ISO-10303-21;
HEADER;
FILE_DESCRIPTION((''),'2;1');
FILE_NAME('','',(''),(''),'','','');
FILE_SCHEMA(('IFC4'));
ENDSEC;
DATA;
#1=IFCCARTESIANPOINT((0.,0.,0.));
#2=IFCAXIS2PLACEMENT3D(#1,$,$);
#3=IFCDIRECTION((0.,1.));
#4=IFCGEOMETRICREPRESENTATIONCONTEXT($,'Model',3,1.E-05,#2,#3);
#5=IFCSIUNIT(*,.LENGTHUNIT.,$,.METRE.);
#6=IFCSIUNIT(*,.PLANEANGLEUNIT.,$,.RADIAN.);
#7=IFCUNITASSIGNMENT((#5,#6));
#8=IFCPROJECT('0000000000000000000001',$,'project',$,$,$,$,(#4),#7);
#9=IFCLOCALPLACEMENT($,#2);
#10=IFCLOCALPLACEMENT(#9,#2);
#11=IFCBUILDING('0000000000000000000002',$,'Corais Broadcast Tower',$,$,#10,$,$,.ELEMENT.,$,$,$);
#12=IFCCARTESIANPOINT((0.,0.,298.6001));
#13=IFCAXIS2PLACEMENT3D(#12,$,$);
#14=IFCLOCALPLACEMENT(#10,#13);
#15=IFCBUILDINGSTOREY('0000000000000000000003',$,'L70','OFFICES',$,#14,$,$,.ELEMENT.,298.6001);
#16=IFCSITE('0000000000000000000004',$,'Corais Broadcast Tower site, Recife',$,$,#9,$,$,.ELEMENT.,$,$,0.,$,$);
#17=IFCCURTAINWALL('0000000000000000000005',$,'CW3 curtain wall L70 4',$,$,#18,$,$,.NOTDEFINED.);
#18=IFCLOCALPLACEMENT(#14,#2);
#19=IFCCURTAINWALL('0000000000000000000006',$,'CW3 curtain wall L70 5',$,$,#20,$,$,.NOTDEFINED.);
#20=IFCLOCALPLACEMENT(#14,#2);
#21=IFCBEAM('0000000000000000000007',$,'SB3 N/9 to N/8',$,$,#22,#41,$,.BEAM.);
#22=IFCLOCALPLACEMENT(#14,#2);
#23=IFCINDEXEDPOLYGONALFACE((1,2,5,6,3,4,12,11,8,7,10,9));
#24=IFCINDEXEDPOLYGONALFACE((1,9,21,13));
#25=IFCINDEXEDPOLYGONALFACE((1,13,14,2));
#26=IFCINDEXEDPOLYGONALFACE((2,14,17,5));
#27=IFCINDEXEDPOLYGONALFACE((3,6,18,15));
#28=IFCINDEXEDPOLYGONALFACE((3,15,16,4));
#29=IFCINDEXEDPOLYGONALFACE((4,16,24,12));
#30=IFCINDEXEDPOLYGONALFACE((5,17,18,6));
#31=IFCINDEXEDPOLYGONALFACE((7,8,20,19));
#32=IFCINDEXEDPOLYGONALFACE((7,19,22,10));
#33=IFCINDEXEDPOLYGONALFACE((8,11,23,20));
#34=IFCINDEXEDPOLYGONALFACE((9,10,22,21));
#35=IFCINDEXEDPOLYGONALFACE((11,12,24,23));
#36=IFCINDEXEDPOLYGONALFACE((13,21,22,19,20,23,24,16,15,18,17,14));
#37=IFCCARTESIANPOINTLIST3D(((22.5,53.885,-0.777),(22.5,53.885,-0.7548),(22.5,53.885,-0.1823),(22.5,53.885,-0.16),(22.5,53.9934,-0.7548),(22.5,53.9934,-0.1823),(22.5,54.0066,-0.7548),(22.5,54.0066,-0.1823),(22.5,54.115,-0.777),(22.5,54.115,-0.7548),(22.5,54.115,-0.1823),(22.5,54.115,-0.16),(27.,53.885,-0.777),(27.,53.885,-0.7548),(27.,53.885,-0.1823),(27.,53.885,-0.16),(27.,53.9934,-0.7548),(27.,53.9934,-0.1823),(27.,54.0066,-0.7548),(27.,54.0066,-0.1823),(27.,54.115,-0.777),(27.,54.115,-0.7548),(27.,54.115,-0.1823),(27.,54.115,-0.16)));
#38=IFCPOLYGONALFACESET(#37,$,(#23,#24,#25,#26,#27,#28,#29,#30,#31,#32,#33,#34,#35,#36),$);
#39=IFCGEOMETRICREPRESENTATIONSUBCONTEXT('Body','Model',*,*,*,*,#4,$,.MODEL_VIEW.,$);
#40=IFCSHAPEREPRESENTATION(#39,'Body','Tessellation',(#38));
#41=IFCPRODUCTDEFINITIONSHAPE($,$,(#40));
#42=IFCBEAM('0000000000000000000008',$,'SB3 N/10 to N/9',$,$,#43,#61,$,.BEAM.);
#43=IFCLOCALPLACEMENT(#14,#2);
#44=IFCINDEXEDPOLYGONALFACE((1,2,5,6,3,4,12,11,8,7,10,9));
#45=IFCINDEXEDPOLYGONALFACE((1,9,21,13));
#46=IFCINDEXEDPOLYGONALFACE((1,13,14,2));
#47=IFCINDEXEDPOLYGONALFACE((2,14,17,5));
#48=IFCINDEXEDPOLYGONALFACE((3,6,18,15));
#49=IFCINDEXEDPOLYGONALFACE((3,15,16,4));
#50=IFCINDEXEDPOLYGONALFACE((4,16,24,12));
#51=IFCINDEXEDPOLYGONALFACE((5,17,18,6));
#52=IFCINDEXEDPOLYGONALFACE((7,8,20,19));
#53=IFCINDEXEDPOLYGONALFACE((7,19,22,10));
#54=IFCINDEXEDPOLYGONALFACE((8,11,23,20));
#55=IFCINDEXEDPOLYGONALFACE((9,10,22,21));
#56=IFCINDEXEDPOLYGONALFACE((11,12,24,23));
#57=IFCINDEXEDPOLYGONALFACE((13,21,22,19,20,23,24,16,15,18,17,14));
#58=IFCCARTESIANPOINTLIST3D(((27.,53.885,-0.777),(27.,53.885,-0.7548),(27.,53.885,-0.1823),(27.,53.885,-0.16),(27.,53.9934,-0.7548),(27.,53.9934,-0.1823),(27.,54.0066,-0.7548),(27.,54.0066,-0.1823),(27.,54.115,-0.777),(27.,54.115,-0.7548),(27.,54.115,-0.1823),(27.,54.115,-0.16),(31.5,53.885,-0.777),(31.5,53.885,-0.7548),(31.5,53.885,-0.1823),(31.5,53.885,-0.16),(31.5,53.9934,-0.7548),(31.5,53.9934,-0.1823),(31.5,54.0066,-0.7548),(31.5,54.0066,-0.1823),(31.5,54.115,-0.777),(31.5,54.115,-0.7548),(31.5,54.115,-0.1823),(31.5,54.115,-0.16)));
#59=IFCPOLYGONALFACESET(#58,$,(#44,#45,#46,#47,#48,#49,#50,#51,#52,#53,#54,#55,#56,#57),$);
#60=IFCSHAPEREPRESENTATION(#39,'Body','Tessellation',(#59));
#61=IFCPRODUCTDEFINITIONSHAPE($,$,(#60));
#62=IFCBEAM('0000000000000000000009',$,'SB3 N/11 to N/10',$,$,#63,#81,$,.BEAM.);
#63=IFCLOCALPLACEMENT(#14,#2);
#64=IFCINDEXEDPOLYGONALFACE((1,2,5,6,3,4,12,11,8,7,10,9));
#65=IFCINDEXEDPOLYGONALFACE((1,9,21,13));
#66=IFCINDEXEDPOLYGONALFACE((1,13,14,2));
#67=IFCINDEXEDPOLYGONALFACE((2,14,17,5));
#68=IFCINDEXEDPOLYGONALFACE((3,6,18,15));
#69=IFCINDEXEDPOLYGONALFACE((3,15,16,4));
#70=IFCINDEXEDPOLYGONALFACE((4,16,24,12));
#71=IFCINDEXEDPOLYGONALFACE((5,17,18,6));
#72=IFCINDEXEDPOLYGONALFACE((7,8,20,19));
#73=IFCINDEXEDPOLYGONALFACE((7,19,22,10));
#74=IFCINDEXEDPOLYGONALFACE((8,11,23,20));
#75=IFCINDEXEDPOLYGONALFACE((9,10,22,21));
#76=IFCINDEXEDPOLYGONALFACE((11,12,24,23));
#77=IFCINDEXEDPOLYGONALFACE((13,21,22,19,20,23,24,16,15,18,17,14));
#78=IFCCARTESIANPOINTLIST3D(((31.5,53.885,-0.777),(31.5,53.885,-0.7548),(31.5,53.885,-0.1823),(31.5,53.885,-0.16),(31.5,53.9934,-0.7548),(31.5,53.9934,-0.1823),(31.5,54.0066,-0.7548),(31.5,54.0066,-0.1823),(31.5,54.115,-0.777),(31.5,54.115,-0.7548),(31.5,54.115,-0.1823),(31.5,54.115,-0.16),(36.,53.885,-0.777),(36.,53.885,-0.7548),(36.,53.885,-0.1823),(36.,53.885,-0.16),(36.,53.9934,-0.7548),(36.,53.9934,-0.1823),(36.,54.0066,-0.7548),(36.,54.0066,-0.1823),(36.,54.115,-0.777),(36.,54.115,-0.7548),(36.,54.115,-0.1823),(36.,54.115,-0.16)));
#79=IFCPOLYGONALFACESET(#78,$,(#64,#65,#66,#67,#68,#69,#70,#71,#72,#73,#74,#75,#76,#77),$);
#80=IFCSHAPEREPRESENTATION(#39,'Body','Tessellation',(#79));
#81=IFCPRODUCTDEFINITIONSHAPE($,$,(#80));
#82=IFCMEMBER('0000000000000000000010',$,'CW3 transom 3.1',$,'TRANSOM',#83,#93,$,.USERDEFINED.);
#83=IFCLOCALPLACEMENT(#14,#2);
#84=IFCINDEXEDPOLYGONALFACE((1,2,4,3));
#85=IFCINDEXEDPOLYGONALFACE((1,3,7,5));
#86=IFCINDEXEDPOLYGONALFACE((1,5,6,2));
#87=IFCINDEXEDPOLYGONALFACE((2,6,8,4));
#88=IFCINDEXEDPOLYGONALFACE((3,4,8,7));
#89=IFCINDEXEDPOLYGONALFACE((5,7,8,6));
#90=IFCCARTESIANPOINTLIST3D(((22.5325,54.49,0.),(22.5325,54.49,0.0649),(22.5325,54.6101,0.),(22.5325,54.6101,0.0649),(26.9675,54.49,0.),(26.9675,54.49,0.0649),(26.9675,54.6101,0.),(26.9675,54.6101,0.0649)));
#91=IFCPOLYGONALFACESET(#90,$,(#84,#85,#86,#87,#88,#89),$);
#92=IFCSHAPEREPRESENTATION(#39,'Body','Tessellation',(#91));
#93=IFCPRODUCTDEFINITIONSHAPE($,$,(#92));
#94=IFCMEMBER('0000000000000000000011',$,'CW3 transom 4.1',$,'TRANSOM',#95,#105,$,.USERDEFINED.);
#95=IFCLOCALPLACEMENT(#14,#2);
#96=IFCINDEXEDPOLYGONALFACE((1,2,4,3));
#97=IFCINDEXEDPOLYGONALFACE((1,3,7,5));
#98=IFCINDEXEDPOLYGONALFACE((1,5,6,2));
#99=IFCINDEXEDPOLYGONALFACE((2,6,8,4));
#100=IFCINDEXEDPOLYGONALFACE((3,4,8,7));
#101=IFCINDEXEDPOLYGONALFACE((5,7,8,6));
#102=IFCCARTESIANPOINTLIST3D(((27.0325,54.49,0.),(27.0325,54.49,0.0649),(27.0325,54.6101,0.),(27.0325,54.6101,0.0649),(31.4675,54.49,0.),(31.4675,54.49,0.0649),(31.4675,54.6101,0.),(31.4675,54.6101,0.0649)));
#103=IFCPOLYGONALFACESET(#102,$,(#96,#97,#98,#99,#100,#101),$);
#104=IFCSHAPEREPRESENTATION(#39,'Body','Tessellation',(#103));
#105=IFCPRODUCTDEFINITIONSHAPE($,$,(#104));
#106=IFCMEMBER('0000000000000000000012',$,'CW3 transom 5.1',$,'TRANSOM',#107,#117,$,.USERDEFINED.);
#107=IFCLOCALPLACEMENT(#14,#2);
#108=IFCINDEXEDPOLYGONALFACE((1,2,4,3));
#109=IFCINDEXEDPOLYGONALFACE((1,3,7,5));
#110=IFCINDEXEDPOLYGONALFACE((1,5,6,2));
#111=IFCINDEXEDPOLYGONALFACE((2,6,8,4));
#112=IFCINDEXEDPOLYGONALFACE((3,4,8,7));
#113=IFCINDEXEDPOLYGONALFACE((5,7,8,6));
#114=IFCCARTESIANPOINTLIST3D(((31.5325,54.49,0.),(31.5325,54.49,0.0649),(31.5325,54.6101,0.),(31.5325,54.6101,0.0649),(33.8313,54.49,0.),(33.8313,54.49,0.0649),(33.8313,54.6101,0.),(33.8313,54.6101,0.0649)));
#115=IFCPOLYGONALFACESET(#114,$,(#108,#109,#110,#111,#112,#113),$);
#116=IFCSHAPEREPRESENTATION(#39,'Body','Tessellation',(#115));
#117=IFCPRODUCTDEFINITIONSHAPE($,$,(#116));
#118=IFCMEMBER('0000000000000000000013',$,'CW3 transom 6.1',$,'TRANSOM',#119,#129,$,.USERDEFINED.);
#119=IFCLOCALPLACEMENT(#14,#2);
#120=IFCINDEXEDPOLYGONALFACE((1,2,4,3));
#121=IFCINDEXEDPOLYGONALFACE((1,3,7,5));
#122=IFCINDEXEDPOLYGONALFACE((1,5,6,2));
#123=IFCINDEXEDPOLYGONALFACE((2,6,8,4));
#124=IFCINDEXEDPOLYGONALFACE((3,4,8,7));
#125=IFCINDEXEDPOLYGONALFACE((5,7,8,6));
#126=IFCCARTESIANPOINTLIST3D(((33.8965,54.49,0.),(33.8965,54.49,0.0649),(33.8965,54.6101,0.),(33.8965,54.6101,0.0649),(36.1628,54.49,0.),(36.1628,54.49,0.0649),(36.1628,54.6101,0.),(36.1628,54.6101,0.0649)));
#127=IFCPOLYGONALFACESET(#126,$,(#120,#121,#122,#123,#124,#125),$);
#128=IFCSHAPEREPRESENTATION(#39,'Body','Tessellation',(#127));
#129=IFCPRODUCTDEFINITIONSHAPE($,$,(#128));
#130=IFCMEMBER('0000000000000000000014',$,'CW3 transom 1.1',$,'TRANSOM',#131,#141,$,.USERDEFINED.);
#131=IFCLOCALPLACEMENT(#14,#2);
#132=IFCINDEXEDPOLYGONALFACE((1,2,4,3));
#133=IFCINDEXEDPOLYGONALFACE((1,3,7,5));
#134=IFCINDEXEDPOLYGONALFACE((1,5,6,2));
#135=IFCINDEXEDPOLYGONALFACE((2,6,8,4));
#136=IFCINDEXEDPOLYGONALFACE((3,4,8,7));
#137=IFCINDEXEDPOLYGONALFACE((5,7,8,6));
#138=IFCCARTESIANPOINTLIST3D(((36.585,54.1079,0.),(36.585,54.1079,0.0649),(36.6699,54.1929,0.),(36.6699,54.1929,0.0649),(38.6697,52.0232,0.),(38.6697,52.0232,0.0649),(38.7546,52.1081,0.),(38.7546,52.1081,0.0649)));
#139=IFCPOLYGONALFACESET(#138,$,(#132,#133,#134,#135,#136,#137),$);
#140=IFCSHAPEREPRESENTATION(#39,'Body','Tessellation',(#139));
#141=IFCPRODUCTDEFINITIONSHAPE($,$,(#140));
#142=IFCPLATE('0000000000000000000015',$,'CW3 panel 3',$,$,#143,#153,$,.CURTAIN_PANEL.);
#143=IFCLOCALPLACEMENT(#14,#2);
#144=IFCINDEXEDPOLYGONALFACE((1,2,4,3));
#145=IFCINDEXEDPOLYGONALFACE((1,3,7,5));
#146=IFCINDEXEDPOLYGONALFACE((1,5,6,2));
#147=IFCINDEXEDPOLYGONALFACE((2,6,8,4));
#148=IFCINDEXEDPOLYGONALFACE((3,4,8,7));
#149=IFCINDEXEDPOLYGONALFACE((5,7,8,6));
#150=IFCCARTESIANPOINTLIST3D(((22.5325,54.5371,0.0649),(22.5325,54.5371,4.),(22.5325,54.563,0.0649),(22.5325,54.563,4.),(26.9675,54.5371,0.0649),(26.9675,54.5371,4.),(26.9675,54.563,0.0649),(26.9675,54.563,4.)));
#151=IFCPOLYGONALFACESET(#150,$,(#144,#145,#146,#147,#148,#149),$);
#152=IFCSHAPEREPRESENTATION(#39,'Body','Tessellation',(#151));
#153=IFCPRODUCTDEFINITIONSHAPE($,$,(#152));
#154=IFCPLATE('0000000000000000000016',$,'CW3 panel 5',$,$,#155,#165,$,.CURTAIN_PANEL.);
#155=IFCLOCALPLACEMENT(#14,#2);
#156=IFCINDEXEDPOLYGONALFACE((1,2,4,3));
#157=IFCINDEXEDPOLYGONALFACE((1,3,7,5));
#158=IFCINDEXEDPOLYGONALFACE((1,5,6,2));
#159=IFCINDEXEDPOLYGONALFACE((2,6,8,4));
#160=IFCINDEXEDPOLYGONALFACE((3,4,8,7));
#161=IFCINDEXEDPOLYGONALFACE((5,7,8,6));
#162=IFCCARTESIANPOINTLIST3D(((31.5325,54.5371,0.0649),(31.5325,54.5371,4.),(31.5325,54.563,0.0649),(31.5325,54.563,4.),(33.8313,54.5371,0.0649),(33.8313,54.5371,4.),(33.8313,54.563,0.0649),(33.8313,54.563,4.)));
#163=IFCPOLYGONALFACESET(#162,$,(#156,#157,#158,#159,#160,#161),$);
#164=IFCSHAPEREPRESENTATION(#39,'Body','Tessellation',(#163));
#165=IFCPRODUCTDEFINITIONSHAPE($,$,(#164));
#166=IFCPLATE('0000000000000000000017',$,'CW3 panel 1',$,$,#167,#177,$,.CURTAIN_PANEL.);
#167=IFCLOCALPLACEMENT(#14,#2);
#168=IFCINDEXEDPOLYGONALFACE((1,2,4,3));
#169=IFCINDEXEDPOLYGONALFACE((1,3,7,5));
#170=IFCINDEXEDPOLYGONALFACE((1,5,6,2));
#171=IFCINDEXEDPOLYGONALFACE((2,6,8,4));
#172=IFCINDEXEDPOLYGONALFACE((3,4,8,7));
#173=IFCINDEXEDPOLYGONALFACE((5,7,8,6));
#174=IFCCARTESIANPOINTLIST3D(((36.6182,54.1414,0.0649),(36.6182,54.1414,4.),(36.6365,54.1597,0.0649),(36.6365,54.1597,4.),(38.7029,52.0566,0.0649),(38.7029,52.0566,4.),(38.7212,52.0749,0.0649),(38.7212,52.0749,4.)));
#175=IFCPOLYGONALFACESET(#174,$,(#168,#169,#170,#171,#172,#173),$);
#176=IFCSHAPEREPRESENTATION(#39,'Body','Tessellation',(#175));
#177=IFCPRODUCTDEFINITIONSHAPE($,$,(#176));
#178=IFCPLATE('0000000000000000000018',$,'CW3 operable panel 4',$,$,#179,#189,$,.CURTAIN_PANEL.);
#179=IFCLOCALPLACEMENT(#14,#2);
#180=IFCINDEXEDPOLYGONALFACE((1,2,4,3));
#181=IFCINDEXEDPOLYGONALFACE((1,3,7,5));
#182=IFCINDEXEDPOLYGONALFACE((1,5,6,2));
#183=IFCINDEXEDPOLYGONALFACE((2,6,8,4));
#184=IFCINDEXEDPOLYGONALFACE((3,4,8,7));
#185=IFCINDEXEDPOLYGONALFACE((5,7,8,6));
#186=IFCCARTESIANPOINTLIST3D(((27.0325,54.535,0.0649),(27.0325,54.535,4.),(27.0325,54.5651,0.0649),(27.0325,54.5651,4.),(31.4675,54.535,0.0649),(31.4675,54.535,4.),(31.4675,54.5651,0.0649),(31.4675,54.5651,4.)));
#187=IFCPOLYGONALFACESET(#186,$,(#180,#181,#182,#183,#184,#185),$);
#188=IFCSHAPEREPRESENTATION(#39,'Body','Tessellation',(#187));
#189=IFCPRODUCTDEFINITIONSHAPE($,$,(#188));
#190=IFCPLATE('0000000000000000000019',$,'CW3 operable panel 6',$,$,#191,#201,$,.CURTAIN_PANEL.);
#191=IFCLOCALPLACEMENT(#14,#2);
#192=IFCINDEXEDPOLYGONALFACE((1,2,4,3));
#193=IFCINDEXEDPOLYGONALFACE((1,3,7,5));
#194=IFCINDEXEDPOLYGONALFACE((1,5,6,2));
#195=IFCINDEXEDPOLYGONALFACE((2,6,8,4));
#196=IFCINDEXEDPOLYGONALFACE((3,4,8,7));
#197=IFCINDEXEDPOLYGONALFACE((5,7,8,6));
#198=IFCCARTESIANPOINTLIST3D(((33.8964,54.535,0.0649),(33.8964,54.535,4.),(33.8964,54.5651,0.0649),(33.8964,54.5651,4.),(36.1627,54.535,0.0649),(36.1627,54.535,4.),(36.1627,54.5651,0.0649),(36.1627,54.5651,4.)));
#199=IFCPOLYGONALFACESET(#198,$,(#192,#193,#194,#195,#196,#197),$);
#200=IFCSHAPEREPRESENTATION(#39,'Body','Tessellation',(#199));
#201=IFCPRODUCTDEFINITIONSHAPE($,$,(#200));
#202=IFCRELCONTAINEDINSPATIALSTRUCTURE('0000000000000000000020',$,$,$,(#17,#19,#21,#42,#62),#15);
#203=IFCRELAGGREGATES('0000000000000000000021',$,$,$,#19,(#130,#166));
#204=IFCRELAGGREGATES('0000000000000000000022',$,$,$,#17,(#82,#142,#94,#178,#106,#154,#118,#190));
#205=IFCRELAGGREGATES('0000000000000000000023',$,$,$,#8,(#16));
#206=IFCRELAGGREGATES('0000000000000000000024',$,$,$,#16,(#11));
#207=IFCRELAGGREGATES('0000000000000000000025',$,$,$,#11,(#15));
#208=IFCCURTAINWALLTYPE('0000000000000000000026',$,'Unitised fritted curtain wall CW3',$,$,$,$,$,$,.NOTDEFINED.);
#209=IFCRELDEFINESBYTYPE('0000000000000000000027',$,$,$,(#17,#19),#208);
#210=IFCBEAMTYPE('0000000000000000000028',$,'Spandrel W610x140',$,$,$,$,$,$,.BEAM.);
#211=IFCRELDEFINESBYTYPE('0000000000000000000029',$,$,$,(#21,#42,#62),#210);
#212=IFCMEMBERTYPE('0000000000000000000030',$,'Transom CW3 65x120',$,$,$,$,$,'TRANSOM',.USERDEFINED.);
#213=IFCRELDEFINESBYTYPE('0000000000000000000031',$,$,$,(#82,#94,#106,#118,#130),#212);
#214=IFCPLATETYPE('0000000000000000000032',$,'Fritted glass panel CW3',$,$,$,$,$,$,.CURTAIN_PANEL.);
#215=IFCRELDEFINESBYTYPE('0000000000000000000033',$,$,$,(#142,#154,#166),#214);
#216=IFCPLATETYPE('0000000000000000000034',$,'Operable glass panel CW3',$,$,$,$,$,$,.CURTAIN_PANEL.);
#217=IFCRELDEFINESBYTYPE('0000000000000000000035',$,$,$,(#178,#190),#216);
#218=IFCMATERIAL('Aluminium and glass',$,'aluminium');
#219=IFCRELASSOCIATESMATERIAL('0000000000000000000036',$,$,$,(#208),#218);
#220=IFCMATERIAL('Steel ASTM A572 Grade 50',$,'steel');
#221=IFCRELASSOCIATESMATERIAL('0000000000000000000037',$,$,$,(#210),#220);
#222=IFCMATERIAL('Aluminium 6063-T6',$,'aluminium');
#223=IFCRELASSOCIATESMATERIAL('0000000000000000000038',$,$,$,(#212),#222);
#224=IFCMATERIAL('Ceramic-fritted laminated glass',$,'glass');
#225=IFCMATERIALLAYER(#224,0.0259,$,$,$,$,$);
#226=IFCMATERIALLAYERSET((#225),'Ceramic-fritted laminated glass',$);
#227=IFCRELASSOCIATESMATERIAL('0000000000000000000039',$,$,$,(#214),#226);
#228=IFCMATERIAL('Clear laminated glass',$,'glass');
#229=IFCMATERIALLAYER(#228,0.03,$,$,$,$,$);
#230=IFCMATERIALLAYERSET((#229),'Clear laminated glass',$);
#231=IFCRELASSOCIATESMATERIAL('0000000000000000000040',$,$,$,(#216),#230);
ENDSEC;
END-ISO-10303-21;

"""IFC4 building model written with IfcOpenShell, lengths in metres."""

from ifc_helpers import new_model, si_unit, direction, frame, origin, origin_2d, place, context, subcontext, project, spatial, rectangle, i_section, extrude, material, layer, layer_set, material_profile, profile_set, type_object, element, aggregate, save


model = new_model("IFC4")

# Units and contexts
model_context = context("Model", 3, precision=1e-05, world=origin(), true_north=direction((0.0, 1.0)))
body_context = subcontext(model_context, "Body", "Model", "MODEL_VIEW")
ifc_project = project(units=[si_unit("LENGTHUNIT", "METRE"), si_unit("PLANEANGLEUNIT", "RADIAN")], contexts=[model_context])

# Site, building, storey
site_placement = place(None, origin())
site = spatial("IfcSite", under=ifc_project, at=site_placement, Name="Corais Broadcast Tower site, Recife", CompositionType="ELEMENT", RefElevation=0.0)
building_placement = place(site_placement, origin())
building = spatial("IfcBuilding", under=site, at=building_placement, Name="Corais Broadcast Tower", CompositionType="ELEMENT")
storey_placement = place(building_placement, frame((0.0, 0.0, 298.6001)))
storey = spatial("IfcBuildingStorey", under=building, at=storey_placement, Name="L70", Description="OFFICES", CompositionType="ELEMENT", Elevation=298.6001)

# Curtain walls
ifc_material_1 = material(Name="Aluminium and glass", Category="aluminium")
curtain_wall_type = type_object("IfcCurtainWallType", Name="Unitised fritted curtain wall CW3", PredefinedType="NOTDEFINED", material=ifc_material_1)
curtain_wall_1_placement = place(storey_placement, origin())
curtain_wall_1 = element("IfcCurtainWall", 1, at=curtain_wall_1_placement, inside=storey, type_object=curtain_wall_type, Name="CW3 curtain wall L70 4", PredefinedType="NOTDEFINED")
curtain_wall_2_placement = place(storey_placement, origin())
curtain_wall_2 = element("IfcCurtainWall", 2, at=curtain_wall_2_placement, inside=storey, type_object=curtain_wall_type, Name="CW3 curtain wall L70 5", PredefinedType="NOTDEFINED")

# Beams
ifc_material_2 = material(Name="Steel ASTM A572 Grade 50", Category="steel")
ifc_material_profile_1 = material_profile(ifc_material_2, i_section(OverallWidth=0.23, OverallDepth=0.6169, WebThickness=0.0132, FlangeThickness=0.0222, at=origin_2d()), Name="W610x140")
ifc_profile_set_1 = profile_set([ifc_material_profile_1], Name="Steel ASTM A572 Grade 50")
beam_type_1 = type_object("IfcBeamType", Name="Spandrel W610x140", PredefinedType="BEAM", material=ifc_profile_set_1)
for number, where, z_axis, x_axis, name in (
    (3, (27.0, 54.0, -0.4685), (-1.0, 0.0, 0.0), (0.0, -1.0, 0.0), "SB3 N/9 to N/8"),
    (4, (31.5, 54.0, -0.4685), (-1.0, 0.0, 0.0), (0.0, -1.0, 0.0), "SB3 N/10 to N/9"),
    (5, (36.0, 54.0, -0.4685), (-1.0, 0.0, 0.0), (0.0, -1.0, 0.0), "SB3 N/11 to N/10"),
):
    element("IfcBeam", number, at=place(storey_placement, frame(where, z_axis=z_axis, x_axis=x_axis)), inside=storey, type_object=beam_type_1, Name=name, PredefinedType="BEAM", context=body_context, shape_type="SweptSolid", body=[
        extrude(i_section(OverallWidth=0.23, OverallDepth=0.6169, WebThickness=0.0132, FlangeThickness=0.0222, at=origin_2d()), origin(), (0.0, 0.0, 1.0), 4.5),
    ])

# Members
ifc_material_3 = material(Name="Aluminium 6063-T6", Category="aluminium")
ifc_material_profile_2 = material_profile(ifc_material_3, rectangle(XDim=0.1201, YDim=0.0649, at=origin_2d()), Name="Transom CW3 65x120")
ifc_profile_set_2 = profile_set([ifc_material_profile_2], Name="Aluminium 6063-T6")
member_type_1 = type_object("IfcMemberType", Name="Transom CW3 65x120", ElementType="TRANSOM", PredefinedType="USERDEFINED", material=ifc_profile_set_2)
member_1_placement = place(storey_placement, frame((22.5325, 54.55, 0.0325), z_axis=(1.0, 0.0, 0.0), x_axis=(0.0, 1.0, 0.0)))
member_1 = element("IfcMember", 6, at=member_1_placement, type_object=member_type_1, Name="CW3 transom 3.1", ObjectType="TRANSOM", PredefinedType="USERDEFINED", context=body_context, shape_type="SweptSolid", body=[
    extrude(rectangle(XDim=0.1201, YDim=0.0649, at=origin_2d()), origin(), (0.0, 0.0, 1.0), 4.4351),
])
member_2_placement = place(storey_placement, frame((27.0325, 54.55, 0.0325), z_axis=(1.0, 0.0, 0.0), x_axis=(0.0, 1.0, 0.0)))
member_2 = element("IfcMember", 7, at=member_2_placement, type_object=member_type_1, Name="CW3 transom 4.1", ObjectType="TRANSOM", PredefinedType="USERDEFINED", context=body_context, shape_type="SweptSolid", body=[
    extrude(rectangle(XDim=0.1201, YDim=0.0649, at=origin_2d()), origin(), (0.0, 0.0, 1.0), 4.4351),
])
member_3_placement = place(storey_placement, frame((31.5325, 54.55, 0.0325), z_axis=(1.0, 0.0, 0.0), x_axis=(0.0, 1.0, 0.0)))
member_3 = element("IfcMember", 8, at=member_3_placement, type_object=member_type_1, Name="CW3 transom 5.1", ObjectType="TRANSOM", PredefinedType="USERDEFINED", context=body_context, shape_type="SweptSolid", body=[
    extrude(rectangle(XDim=0.1201, YDim=0.0649, at=origin_2d()), origin(), (0.0, 0.0, 1.0), 2.2988),
])
member_4_placement = place(storey_placement, frame((33.8965, 54.55, 0.0325), z_axis=(1.0, 0.0, 0.0), x_axis=(0.0, 1.0, 0.0)))
member_4 = element("IfcMember", 9, at=member_4_placement, type_object=member_type_1, Name="CW3 transom 6.1", ObjectType="TRANSOM", PredefinedType="USERDEFINED", context=body_context, shape_type="SweptSolid", body=[
    extrude(rectangle(XDim=0.1201, YDim=0.0649, at=origin_2d()), origin(), (0.0, 0.0, 1.0), 2.2664),
])
member_5_placement = place(storey_placement, frame((36.6274, 54.1504, 0.0325), z_axis=(0.707107, -0.707107, 0.0), x_axis=(0.707107, 0.707107, 0.0)))
member_5 = element("IfcMember", 10, at=member_5_placement, type_object=member_type_1, Name="CW3 transom 1.1", ObjectType="TRANSOM", PredefinedType="USERDEFINED", context=body_context, shape_type="SweptSolid", body=[
    extrude(rectangle(XDim=0.1201, YDim=0.0649, at=origin_2d()), origin(), (0.0, 0.0, 1.0), 2.9482),
])

# Plates
ifc_material_4 = material(Name="Ceramic-fritted laminated glass", Category="glass")
ifc_layer_1 = layer(ifc_material_4, 0.0259)
ifc_layer_set_1 = layer_set([ifc_layer_1], Name="Ceramic-fritted laminated glass")
plate_type_1 = type_object("IfcPlateType", Name="Fritted glass panel CW3", PredefinedType="CURTAIN_PANEL", material=ifc_layer_set_1)
plate_1_placement = place(storey_placement, frame((24.75, 54.55, 0.0649), z_axis=(0.0, 0.0, 1.0), x_axis=(1.0, 0.0, 0.0)))
plate_1 = element("IfcPlate", 11, at=plate_1_placement, type_object=plate_type_1, Name="CW3 panel 3", PredefinedType="CURTAIN_PANEL", context=body_context, shape_type="SweptSolid", body=[
    extrude(rectangle(XDim=4.4351, YDim=0.0259, at=origin_2d()), origin(), (0.0, 0.0, 1.0), 3.9351),
])
plate_2_placement = place(storey_placement, frame((32.6819, 54.55, 0.0649), z_axis=(0.0, 0.0, 1.0), x_axis=(1.0, 0.0, 0.0)))
plate_2 = element("IfcPlate", 12, at=plate_2_placement, type_object=plate_type_1, Name="CW3 panel 5", PredefinedType="CURTAIN_PANEL", context=body_context, shape_type="SweptSolid", body=[
    extrude(rectangle(XDim=2.2988, YDim=0.0259, at=origin_2d()), origin(), (0.0, 0.0, 1.0), 3.9351),
])
plate_3_placement = place(storey_placement, frame((37.6697, 53.1082, 0.0649), z_axis=(0.0, 0.0, 1.0), x_axis=(0.707107, -0.707107, 0.0)))
plate_3 = element("IfcPlate", 13, at=plate_3_placement, type_object=plate_type_1, Name="CW3 panel 1", PredefinedType="CURTAIN_PANEL", context=body_context, shape_type="SweptSolid", body=[
    extrude(rectangle(XDim=2.9482, YDim=0.0259, at=origin_2d()), origin(), (0.0, 0.0, 1.0), 3.9351),
])
aggregate(curtain_wall_2, [member_5, plate_3])
ifc_material_5 = material(Name="Clear laminated glass", Category="glass")
ifc_layer_2 = layer(ifc_material_5, 0.03)
ifc_layer_set_2 = layer_set([ifc_layer_2], Name="Clear laminated glass")
plate_type_2 = type_object("IfcPlateType", Name="Operable glass panel CW3", PredefinedType="CURTAIN_PANEL", material=ifc_layer_set_2)
plate_4_placement = place(storey_placement, frame((29.25, 54.55, 0.0649), z_axis=(0.0, 0.0, 1.0), x_axis=(1.0, 0.0, 0.0)))
plate_4 = element("IfcPlate", 14, at=plate_4_placement, type_object=plate_type_2, Name="CW3 operable panel 4", PredefinedType="CURTAIN_PANEL", context=body_context, shape_type="SweptSolid", body=[
    extrude(rectangle(XDim=4.4351, YDim=0.03, at=origin_2d()), origin(), (0.0, 0.0, 1.0), 3.9351),
])
plate_5_placement = place(storey_placement, frame((35.0295, 54.55, 0.0649), z_axis=(0.0, 0.0, 1.0), x_axis=(1.0, 0.0, 0.0)))
plate_5 = element("IfcPlate", 15, at=plate_5_placement, type_object=plate_type_2, Name="CW3 operable panel 6", PredefinedType="CURTAIN_PANEL", context=body_context, shape_type="SweptSolid", body=[
    extrude(rectangle(XDim=2.2664, YDim=0.03, at=origin_2d()), origin(), (0.0, 0.0, 1.0), 3.9351),
])
aggregate(curtain_wall_1, [member_1, plate_1, member_2, plate_4, member_3, plate_2, member_4, plate_5])

save(model, "model.ifc")
